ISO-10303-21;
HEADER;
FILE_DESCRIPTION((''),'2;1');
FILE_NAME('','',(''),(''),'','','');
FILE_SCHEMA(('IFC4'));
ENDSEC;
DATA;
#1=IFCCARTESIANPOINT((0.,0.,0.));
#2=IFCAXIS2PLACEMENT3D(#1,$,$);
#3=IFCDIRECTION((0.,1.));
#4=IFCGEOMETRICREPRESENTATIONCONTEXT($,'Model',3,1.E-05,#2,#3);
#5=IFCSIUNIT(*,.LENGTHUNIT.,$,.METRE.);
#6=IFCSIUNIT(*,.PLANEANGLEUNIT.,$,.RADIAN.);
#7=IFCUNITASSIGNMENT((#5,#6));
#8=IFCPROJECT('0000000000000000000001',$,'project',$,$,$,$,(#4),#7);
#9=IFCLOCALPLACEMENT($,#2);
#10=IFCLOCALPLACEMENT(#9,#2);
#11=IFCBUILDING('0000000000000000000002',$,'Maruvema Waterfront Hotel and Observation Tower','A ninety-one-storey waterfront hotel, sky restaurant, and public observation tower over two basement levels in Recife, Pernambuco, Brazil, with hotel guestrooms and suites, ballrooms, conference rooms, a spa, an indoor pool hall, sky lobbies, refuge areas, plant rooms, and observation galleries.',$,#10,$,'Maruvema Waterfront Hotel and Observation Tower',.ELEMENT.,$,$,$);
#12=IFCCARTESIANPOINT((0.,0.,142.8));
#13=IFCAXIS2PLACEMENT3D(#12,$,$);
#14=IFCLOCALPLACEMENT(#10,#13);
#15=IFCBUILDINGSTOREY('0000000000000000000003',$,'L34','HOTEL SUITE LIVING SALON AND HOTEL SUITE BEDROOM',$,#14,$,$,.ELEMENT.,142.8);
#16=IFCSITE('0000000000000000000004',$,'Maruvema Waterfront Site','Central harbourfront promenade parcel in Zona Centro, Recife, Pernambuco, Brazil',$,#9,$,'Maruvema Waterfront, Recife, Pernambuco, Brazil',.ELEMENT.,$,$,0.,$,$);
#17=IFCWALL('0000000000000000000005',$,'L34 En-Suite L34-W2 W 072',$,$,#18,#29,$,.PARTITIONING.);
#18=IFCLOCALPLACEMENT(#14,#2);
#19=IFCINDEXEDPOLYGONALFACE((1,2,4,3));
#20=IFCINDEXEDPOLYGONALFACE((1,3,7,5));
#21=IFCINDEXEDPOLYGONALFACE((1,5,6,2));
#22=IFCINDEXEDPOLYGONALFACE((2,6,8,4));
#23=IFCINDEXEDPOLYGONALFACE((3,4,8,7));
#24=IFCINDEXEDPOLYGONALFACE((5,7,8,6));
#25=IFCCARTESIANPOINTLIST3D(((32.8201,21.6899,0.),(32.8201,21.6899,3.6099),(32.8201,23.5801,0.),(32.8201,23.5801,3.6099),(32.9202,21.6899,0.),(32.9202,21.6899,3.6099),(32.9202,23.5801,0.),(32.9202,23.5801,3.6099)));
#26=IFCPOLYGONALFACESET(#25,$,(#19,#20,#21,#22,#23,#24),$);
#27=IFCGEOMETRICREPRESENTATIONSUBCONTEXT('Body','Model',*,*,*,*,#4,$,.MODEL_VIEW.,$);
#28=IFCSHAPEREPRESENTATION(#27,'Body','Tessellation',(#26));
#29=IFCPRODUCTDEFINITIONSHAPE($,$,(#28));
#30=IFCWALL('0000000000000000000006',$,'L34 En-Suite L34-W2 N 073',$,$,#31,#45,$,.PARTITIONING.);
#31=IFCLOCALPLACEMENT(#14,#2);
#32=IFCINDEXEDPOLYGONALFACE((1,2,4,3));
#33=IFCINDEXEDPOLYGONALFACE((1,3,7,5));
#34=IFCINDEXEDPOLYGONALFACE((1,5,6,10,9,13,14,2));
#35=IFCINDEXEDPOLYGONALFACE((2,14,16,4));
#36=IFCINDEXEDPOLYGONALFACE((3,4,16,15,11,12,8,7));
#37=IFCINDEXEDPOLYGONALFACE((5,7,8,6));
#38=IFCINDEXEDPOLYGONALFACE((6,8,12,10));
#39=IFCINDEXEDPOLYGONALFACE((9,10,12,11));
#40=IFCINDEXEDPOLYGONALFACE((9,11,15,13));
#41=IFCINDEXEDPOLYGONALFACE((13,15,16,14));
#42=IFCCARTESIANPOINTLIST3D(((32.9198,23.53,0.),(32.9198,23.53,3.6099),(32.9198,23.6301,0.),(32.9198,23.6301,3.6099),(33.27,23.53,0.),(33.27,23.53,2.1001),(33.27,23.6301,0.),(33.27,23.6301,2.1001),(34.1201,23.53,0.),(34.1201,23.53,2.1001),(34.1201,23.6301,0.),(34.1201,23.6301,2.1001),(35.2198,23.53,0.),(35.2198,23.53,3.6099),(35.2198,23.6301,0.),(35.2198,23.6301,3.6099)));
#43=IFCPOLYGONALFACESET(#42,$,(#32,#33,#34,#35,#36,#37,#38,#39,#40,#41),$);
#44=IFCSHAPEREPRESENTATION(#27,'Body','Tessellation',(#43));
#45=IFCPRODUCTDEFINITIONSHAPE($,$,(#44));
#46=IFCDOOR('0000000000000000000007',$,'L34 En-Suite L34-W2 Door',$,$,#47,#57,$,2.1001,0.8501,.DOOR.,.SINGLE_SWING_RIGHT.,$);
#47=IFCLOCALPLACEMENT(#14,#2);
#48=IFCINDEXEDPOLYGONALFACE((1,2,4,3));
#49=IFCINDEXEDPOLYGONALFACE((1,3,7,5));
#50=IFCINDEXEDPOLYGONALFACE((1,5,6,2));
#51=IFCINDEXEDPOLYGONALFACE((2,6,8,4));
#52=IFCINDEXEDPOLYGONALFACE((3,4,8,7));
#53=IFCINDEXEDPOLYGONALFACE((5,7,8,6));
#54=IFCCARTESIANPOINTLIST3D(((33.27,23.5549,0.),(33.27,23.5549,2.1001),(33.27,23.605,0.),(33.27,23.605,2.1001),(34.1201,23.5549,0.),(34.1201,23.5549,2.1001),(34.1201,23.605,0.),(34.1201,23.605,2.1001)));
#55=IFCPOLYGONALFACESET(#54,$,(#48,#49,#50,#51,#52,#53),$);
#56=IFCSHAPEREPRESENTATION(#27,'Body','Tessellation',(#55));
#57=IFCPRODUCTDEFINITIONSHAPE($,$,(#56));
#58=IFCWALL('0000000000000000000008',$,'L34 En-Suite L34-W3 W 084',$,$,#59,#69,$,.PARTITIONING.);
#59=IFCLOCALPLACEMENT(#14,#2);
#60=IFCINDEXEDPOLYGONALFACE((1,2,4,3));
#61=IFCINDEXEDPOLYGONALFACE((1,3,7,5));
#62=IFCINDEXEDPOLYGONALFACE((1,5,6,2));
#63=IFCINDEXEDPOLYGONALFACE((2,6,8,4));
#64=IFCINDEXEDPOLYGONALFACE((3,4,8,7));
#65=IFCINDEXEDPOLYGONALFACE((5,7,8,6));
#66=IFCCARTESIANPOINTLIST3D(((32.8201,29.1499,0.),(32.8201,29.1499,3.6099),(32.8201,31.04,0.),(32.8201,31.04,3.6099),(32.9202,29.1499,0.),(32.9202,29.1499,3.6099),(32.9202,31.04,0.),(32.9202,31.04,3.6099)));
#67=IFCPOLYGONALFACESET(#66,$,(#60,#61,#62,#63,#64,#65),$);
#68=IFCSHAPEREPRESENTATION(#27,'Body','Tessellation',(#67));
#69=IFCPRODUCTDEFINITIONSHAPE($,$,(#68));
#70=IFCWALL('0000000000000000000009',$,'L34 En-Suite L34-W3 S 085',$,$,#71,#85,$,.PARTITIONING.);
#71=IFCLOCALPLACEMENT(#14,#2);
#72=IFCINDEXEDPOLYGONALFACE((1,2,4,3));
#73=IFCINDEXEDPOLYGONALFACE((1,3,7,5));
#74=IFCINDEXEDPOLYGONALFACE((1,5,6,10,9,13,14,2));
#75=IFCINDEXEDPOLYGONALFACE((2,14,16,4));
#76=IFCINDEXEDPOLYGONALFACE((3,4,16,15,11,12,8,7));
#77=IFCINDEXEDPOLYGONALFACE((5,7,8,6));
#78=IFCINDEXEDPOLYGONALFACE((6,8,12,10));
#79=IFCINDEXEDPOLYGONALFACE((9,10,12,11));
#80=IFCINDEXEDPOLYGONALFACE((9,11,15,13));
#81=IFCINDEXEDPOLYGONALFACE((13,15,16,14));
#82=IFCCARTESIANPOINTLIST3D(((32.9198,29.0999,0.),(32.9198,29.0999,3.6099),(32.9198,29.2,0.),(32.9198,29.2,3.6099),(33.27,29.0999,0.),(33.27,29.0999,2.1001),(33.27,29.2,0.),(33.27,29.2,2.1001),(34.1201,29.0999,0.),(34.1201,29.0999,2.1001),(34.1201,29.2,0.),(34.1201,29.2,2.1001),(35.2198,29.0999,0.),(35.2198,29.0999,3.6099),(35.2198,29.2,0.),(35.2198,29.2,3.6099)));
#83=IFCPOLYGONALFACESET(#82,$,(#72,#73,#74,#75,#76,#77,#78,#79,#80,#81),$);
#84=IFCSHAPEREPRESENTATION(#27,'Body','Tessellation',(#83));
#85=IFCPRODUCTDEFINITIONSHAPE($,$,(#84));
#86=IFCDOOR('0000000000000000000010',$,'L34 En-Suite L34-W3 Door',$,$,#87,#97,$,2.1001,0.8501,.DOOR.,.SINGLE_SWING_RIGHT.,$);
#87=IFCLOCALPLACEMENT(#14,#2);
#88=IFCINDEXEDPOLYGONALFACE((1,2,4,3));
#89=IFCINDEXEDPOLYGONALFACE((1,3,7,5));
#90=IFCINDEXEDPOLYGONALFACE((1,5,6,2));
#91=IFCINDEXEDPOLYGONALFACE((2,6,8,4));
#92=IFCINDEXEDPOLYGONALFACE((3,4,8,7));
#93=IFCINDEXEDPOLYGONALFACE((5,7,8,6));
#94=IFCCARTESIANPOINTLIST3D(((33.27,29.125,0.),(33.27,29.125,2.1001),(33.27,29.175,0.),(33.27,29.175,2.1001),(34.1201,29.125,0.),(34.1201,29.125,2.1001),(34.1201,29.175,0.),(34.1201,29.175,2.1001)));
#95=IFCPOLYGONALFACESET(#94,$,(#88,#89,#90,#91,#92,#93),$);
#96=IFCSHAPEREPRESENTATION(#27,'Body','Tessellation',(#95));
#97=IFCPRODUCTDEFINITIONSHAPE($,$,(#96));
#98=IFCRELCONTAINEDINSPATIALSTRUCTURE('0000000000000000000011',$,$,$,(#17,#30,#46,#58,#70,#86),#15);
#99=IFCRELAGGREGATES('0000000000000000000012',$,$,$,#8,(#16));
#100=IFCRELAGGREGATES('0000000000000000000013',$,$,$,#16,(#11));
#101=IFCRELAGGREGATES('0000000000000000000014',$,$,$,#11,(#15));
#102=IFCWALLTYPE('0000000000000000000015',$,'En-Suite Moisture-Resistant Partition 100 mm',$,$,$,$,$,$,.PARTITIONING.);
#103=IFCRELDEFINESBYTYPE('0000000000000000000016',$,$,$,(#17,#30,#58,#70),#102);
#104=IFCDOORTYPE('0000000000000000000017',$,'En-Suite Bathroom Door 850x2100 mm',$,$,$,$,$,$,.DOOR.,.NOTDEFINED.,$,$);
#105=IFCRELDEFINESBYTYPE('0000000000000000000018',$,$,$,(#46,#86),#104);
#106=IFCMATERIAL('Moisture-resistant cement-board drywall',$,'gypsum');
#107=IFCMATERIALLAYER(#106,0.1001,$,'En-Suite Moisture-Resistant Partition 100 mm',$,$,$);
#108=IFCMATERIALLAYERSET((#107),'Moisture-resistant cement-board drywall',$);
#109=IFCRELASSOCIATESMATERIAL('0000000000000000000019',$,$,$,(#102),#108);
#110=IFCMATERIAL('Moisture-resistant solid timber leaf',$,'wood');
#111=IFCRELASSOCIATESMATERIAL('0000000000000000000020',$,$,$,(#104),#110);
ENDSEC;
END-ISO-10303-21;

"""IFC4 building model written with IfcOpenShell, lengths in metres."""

from ifc_helpers import new_model, si_unit, direction, frame, frame_2d, origin, place, context, subcontext, project, spatial, rectangle, extrude, material, layer, layer_set, type_object, element, fill, save


model = new_model("IFC4")

# Units and contexts
model_context = context("Model", 3, precision=1e-05, world=origin(), true_north=direction((0.0, 1.0)))
body_context = subcontext(model_context, "Body", "Model", "MODEL_VIEW")
ifc_project = project(units=[si_unit("LENGTHUNIT", "METRE"), si_unit("PLANEANGLEUNIT", "RADIAN")], contexts=[model_context])

# Site, building, storey
site_placement = place(None, origin())
site = spatial("IfcSite", under=ifc_project, at=site_placement, Name="Maruvema Waterfront Site", Description="Central harbourfront promenade parcel in Zona Centro, Recife, Pernambuco, Brazil", LongName="Maruvema Waterfront, Recife, Pernambuco, Brazil", CompositionType="ELEMENT", RefElevation=0.0)
building_placement = place(site_placement, origin())
building = spatial("IfcBuilding", under=site, at=building_placement, Name="Maruvema Waterfront Hotel and Observation Tower", Description="A ninety-one-storey waterfront hotel, sky restaurant, and public observation tower over two basement levels in Recife, Pernambuco, Brazil, with hotel guestrooms and suites, ballrooms, conference rooms, a spa, an indoor pool hall, sky lobbies, refuge areas, plant rooms, and observation galleries.", LongName="Maruvema Waterfront Hotel and Observation Tower", CompositionType="ELEMENT")
storey_placement = place(building_placement, frame((0.0, 0.0, 142.8)))
storey = spatial("IfcBuildingStorey", under=building, at=storey_placement, Name="L34", Description="HOTEL SUITE LIVING SALON AND HOTEL SUITE BEDROOM", CompositionType="ELEMENT", Elevation=142.8)

# Shared definitions
ifc_material_1 = material(Name="Moisture-resistant cement-board drywall", Category="gypsum")
ifc_layer_1 = layer(ifc_material_1, 0.1001, Name="En-Suite Moisture-Resistant Partition 100 mm")
ifc_layer_set_1 = layer_set([ifc_layer_1], Name="Moisture-resistant cement-board drywall")
wall_type_1 = type_object("IfcWallType", Name="En-Suite Moisture-Resistant Partition 100 mm", PredefinedType="PARTITIONING", material=ifc_layer_set_1)
ifc_material_2 = material(Name="Moisture-resistant solid timber leaf", Category="wood")
door_type_1 = type_object("IfcDoorType", Name="En-Suite Bathroom Door 850x2100 mm", OperationType="NOTDEFINED", PredefinedType="DOOR", material=ifc_material_2)

# Wall
wall_1_placement = place(storey_placement, frame((32.8701, 21.6899, 0.0), z_axis=(0.0, 0.0, 1.0), x_axis=(0.0, 1.0, 0.0)))
element("IfcWall", 1, at=wall_1_placement, inside=storey, type_object=wall_type_1, Name="L34 En-Suite L34-W2 W 072", PredefinedType="PARTITIONING", context=body_context, shape_type="SweptSolid", body=[
    extrude(rectangle(XDim=1.8901, YDim=0.1001, at=frame_2d((0.9451, 0.0))), origin(), (0.0, 0.0, 1.0), 3.6099),
])

# Wall, opening, door
wall_2_placement = place(storey_placement, frame((32.9199, 23.5801, 0.0), z_axis=(0.0, 0.0, 1.0), x_axis=(1.0, 0.0, 0.0)))
wall_2 = element("IfcWall", 2, at=wall_2_placement, inside=storey, type_object=wall_type_1, Name="L34 En-Suite L34-W2 N 073", PredefinedType="PARTITIONING", context=body_context, shape_type="SweptSolid", body=[
    extrude(rectangle(XDim=2.3, YDim=0.1001, at=frame_2d((1.1499, 0.0))), origin(), (0.0, 0.0, 1.0), 3.6099),
])
opening_1_placement = place(wall_2_placement, frame((0.3501, 0.0, 0.0)))
opening_1 = element("IfcOpeningElement", 3, at=opening_1_placement, cuts=wall_2, PredefinedType="OPENING", context=body_context, shape_type="SweptSolid", body=[
    extrude(rectangle(XDim=0.8501, YDim=2.1001, at=frame_2d((0.425, 1.05))), frame((0.0, 0.0601, 0.0), z_axis=(0.0, -1.0, 0.0), x_axis=(1.0, 0.0, 0.0)), (0.0, 0.0, 1.0), 0.1201),
])
door_1_placement = place(opening_1_placement, origin())
door_1 = element("IfcDoor", 4, at=door_1_placement, inside=storey, type_object=door_type_1, Name="L34 En-Suite L34-W2 Door", OperationType="SINGLE_SWING_RIGHT", OverallHeight=2.1001, OverallWidth=0.8501, PredefinedType="DOOR", context=body_context, shape_type="SweptSolid", body=[
    extrude(rectangle(XDim=0.8501, YDim=2.1001, at=frame_2d((0.425, 1.05))), frame((0.0, 0.0249, 0.0), z_axis=(0.0, -1.0, 0.0), x_axis=(1.0, 0.0, 0.0)), (0.0, 0.0, 1.0), 0.05),
])
fill(opening_1, door_1)

# Wall
wall_3_placement = place(storey_placement, frame((32.8701, 29.1499, 0.0), z_axis=(0.0, 0.0, 1.0), x_axis=(0.0, 1.0, 0.0)))
element("IfcWall", 5, at=wall_3_placement, inside=storey, type_object=wall_type_1, Name="L34 En-Suite L34-W3 W 084", PredefinedType="PARTITIONING", context=body_context, shape_type="SweptSolid", body=[
    extrude(rectangle(XDim=1.8901, YDim=0.1001, at=frame_2d((0.9451, 0.0))), origin(), (0.0, 0.0, 1.0), 3.6099),
])

# Wall, opening, door
wall_4_placement = place(storey_placement, frame((32.9199, 29.1499, 0.0), z_axis=(0.0, 0.0, 1.0), x_axis=(1.0, 0.0, 0.0)))
wall_4 = element("IfcWall", 6, at=wall_4_placement, inside=storey, type_object=wall_type_1, Name="L34 En-Suite L34-W3 S 085", PredefinedType="PARTITIONING", context=body_context, shape_type="SweptSolid", body=[
    extrude(rectangle(XDim=2.3, YDim=0.1001, at=frame_2d((1.1499, 0.0))), origin(), (0.0, 0.0, 1.0), 3.6099),
])
opening_2_placement = place(wall_4_placement, frame((0.3501, 0.0, 0.0)))
opening_2 = element("IfcOpeningElement", 7, at=opening_2_placement, cuts=wall_4, PredefinedType="OPENING", context=body_context, shape_type="SweptSolid", body=[
    extrude(rectangle(XDim=0.8501, YDim=2.1001, at=frame_2d((0.425, 1.05))), frame((0.0, 0.0601, 0.0), z_axis=(0.0, -1.0, 0.0), x_axis=(1.0, 0.0, 0.0)), (0.0, 0.0, 1.0), 0.1201),
])
door_2_placement = place(opening_2_placement, frame((0.8501, 0.0, 0.0), z_axis=(0.0, 0.0, 1.0), x_axis=(-1.0, 0.0, 0.0)))
door_2 = element("IfcDoor", 8, at=door_2_placement, inside=storey, type_object=door_type_1, Name="L34 En-Suite L34-W3 Door", OperationType="SINGLE_SWING_RIGHT", OverallHeight=2.1001, OverallWidth=0.8501, PredefinedType="DOOR", context=body_context, shape_type="SweptSolid", body=[
    extrude(rectangle(XDim=0.8501, YDim=2.1001, at=frame_2d((0.425, 1.05))), frame((0.0, 0.0249, 0.0), z_axis=(0.0, -1.0, 0.0), x_axis=(1.0, 0.0, 0.0)), (0.0, 0.0, 1.0), 0.05),
])
fill(opening_2, door_2)

save(model, "model.ifc")
